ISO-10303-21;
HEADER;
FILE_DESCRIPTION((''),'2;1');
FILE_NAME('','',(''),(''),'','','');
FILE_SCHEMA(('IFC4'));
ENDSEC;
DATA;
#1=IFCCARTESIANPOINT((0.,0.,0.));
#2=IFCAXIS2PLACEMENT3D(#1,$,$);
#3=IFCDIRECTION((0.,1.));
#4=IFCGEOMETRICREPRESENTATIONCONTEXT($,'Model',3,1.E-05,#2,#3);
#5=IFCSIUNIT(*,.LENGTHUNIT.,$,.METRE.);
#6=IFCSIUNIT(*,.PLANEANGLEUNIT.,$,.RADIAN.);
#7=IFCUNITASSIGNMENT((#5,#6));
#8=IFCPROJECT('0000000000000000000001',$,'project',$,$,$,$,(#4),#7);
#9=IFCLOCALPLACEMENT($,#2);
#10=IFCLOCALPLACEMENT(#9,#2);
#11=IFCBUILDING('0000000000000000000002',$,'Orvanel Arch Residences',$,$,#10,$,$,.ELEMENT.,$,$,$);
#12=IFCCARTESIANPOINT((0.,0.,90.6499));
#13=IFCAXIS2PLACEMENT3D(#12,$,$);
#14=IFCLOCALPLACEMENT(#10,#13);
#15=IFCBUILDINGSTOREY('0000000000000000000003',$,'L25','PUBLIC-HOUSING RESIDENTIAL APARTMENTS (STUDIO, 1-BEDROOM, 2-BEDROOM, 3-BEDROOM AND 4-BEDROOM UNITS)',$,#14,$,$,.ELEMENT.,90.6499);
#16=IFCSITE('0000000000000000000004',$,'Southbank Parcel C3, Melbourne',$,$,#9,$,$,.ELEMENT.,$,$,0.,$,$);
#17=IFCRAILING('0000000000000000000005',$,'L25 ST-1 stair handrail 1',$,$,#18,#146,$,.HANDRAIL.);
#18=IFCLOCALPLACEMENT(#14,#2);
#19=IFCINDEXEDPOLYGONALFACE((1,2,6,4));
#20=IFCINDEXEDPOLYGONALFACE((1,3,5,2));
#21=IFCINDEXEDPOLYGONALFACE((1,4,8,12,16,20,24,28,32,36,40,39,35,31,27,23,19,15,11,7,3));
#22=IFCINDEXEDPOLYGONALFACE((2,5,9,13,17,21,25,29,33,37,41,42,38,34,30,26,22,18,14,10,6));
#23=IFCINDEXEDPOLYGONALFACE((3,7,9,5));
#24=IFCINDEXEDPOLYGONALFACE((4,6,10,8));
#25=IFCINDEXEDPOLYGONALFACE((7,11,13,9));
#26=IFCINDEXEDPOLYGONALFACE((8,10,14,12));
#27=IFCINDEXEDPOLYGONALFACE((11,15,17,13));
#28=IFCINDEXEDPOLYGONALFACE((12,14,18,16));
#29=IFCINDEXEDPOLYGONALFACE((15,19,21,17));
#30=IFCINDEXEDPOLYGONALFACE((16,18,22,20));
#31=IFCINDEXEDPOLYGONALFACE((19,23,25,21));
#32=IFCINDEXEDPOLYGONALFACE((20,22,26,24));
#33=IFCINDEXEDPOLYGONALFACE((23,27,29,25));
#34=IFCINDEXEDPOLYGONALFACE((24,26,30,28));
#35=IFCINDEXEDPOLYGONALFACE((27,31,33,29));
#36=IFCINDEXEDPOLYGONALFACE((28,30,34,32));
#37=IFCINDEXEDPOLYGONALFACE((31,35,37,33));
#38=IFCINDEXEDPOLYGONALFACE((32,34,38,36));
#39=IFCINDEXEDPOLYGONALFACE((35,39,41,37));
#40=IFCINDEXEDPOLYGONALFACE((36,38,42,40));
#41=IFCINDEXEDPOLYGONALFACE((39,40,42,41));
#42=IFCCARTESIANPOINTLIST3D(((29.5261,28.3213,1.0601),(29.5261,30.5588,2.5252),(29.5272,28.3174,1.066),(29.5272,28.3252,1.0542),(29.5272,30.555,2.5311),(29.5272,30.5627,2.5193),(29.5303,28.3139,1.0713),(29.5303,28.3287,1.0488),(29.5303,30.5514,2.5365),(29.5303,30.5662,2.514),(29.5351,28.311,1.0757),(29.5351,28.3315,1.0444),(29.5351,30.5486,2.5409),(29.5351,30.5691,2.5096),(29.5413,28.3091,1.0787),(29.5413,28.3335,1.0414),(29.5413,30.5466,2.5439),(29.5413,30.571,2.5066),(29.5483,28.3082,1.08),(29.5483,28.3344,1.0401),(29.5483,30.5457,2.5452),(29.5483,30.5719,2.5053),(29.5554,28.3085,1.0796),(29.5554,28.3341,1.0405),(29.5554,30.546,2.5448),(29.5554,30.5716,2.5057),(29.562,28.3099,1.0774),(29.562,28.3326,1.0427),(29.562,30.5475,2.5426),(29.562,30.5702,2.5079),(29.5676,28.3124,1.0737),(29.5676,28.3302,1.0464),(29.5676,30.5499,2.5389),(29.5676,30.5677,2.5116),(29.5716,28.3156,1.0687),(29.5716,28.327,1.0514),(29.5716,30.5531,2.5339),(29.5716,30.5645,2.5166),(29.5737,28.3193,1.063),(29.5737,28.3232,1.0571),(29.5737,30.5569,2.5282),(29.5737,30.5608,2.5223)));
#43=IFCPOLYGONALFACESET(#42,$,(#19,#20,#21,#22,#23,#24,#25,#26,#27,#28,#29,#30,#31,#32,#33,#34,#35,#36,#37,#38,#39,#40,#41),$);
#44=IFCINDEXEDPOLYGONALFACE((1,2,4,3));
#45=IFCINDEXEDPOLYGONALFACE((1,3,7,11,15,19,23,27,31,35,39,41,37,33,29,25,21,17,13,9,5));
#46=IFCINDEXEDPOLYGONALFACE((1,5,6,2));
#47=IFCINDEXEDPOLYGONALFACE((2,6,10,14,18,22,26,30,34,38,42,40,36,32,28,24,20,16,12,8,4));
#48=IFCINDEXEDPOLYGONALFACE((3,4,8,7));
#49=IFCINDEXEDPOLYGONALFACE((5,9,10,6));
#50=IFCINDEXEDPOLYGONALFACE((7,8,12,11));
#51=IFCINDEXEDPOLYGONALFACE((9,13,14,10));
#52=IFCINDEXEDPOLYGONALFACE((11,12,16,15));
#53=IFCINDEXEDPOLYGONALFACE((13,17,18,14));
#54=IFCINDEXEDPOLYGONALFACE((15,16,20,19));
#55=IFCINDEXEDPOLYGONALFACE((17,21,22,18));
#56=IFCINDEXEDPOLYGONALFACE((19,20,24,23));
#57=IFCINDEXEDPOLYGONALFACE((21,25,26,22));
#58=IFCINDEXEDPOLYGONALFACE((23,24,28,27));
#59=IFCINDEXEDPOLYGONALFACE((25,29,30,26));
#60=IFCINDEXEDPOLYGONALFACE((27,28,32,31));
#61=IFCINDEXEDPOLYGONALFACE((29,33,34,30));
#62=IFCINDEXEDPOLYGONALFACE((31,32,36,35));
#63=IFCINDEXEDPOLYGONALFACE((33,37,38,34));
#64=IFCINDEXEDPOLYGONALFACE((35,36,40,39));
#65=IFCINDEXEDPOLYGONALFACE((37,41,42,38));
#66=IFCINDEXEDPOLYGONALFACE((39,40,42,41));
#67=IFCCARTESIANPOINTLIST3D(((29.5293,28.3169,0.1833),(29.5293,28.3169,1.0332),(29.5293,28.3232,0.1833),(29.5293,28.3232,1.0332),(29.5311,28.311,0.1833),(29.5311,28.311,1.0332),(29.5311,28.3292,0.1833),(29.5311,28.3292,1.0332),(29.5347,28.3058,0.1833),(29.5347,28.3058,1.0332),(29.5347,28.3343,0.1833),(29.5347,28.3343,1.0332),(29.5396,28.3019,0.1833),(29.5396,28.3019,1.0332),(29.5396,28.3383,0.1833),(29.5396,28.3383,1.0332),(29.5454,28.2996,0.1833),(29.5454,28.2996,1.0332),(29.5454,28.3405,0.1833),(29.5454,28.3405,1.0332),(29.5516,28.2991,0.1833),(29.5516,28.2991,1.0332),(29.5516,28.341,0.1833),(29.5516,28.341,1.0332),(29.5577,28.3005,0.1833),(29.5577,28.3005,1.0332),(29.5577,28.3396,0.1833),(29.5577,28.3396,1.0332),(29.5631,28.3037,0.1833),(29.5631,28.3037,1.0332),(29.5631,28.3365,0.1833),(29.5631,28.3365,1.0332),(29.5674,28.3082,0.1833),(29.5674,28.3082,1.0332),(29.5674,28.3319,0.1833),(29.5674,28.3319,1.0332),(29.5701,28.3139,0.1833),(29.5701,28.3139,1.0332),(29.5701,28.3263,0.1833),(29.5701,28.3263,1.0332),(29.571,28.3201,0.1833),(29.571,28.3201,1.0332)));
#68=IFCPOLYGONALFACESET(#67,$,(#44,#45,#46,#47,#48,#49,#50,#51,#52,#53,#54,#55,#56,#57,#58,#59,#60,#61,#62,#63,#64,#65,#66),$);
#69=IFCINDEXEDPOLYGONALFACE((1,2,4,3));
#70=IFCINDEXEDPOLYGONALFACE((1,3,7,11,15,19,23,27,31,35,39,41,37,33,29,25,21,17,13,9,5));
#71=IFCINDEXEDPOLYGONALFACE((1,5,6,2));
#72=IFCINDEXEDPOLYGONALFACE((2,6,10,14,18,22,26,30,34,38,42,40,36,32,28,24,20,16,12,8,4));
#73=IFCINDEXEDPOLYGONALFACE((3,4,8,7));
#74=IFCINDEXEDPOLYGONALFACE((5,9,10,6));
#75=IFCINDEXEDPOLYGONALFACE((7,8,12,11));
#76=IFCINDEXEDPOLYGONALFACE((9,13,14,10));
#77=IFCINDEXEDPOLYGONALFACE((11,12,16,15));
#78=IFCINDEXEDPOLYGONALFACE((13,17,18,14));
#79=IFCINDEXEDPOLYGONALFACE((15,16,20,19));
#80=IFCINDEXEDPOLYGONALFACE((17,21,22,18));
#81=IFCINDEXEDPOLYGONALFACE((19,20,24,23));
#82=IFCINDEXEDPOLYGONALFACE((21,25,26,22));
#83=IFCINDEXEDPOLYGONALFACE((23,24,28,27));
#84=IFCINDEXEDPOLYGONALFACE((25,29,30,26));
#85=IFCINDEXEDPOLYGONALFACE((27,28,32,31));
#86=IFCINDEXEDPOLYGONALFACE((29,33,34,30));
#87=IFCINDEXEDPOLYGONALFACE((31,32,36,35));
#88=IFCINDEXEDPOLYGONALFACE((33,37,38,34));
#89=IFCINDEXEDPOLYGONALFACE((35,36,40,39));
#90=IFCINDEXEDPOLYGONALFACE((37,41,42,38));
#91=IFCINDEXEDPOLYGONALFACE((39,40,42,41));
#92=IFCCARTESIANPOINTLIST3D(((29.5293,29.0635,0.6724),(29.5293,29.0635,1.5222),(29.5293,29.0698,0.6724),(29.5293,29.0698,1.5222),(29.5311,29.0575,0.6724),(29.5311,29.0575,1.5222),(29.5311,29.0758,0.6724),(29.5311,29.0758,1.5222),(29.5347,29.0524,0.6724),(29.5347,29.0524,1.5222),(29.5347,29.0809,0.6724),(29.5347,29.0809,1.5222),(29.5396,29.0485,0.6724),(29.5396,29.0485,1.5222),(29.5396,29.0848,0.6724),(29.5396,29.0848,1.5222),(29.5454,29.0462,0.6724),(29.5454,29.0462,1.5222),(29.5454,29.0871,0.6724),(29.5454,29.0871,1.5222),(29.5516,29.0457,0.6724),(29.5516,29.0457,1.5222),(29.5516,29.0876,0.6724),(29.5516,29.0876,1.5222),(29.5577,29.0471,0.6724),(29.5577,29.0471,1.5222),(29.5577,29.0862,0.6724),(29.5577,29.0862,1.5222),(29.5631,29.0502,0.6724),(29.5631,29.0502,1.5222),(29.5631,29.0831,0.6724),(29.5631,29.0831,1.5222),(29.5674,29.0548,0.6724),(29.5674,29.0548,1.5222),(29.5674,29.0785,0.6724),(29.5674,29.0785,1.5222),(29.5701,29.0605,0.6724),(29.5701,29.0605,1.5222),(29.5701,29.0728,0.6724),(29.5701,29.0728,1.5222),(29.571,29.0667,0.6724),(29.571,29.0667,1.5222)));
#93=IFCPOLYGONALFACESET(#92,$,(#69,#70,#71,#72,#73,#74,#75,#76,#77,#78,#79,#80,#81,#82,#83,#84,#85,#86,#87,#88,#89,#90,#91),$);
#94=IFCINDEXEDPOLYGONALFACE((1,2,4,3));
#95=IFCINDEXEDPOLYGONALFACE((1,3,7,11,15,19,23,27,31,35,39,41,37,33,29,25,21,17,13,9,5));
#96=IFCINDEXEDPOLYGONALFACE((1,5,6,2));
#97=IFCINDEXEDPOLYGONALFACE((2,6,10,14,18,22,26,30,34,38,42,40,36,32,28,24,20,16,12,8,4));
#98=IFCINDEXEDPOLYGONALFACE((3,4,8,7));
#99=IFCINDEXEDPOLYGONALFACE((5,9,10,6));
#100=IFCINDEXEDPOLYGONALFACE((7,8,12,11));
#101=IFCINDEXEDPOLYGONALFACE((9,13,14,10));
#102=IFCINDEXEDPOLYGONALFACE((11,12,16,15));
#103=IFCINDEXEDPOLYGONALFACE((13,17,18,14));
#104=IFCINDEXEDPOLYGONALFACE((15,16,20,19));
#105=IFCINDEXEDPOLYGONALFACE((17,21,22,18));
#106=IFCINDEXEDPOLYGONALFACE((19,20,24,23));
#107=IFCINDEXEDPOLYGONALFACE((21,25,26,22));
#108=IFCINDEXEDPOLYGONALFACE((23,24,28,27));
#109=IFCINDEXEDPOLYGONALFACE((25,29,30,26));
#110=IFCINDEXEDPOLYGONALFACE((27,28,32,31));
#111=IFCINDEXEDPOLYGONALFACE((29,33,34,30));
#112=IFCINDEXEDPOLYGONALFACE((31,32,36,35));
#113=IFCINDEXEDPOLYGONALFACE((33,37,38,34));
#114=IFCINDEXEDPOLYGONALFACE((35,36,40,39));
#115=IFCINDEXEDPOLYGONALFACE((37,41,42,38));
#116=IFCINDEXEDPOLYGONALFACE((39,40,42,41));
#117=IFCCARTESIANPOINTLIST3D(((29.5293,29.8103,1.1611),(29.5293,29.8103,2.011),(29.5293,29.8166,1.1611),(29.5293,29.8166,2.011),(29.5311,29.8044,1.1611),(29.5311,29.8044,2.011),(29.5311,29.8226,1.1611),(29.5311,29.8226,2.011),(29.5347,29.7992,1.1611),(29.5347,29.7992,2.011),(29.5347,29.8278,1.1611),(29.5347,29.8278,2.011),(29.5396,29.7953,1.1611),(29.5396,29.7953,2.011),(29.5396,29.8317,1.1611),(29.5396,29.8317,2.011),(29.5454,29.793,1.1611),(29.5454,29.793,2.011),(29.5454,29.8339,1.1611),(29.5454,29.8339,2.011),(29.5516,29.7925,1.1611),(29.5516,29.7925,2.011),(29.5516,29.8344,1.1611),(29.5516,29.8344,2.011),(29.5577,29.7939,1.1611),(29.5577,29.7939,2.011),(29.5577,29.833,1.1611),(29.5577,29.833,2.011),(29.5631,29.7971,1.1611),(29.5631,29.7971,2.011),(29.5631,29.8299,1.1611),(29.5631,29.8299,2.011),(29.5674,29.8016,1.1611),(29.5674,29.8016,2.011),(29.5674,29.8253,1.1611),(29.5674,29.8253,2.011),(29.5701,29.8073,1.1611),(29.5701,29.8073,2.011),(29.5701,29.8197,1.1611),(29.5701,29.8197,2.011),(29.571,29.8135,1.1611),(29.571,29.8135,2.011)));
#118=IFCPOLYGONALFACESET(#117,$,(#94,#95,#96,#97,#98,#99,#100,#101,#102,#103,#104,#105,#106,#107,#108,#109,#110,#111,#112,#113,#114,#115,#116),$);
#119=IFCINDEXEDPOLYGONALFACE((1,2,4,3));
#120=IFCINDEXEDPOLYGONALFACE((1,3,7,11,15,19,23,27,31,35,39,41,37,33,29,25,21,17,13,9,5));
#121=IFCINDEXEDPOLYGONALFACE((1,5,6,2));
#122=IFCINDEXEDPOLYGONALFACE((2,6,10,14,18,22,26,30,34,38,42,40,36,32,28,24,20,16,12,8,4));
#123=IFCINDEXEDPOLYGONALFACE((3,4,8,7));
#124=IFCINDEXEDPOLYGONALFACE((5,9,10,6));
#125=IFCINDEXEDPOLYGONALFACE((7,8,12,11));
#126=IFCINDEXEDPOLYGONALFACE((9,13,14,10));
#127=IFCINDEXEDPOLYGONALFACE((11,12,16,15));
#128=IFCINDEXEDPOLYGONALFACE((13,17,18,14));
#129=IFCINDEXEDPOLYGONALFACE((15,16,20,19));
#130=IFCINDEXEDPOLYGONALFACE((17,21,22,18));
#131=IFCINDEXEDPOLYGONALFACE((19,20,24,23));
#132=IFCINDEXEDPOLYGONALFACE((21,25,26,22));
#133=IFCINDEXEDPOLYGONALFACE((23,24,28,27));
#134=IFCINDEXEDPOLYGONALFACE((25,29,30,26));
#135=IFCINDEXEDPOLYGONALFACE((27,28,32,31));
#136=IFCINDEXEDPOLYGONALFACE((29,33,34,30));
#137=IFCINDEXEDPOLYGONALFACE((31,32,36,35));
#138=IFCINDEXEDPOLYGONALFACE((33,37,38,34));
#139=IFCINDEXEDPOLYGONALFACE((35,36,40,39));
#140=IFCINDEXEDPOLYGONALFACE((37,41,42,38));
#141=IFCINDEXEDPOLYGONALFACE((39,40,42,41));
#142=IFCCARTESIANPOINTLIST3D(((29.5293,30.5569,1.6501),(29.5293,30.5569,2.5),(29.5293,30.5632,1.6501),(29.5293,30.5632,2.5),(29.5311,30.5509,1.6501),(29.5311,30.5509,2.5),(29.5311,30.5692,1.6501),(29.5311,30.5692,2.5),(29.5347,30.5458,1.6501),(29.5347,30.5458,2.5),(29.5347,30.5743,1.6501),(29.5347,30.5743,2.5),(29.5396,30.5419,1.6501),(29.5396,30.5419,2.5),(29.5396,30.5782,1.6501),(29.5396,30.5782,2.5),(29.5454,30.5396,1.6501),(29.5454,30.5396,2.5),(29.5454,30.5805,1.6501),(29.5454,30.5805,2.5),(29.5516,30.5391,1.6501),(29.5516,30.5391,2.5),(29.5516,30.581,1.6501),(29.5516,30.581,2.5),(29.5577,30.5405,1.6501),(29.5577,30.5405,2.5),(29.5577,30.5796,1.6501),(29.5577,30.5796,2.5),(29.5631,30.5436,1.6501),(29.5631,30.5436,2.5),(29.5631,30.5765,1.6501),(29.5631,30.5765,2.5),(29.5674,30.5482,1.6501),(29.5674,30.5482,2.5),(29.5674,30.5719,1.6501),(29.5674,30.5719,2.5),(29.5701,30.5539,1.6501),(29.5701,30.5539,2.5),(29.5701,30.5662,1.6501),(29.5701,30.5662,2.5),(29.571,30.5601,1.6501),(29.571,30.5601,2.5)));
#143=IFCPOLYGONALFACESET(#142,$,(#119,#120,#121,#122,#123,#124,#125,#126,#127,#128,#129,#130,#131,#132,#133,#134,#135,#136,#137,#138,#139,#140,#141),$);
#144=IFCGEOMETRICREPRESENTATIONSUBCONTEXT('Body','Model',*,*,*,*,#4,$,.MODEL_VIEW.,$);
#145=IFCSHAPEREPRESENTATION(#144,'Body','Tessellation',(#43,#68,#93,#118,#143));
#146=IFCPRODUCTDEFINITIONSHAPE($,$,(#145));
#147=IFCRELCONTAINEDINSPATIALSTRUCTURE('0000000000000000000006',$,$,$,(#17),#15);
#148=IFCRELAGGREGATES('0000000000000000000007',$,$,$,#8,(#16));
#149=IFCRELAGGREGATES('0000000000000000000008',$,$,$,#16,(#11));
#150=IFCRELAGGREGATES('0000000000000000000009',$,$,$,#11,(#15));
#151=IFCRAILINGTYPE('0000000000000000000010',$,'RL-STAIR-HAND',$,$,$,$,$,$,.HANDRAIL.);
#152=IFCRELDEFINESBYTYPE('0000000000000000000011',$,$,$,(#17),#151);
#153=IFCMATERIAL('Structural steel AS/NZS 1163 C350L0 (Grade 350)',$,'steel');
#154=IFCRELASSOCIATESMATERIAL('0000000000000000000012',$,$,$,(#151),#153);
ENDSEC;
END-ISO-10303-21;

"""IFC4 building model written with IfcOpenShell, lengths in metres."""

from ifc_helpers import new_model, si_unit, direction, frame, origin, origin_2d, place, context, subcontext, project, spatial, circle, extrude, material, type_object, element, save


model = new_model("IFC4")

# Units and contexts
model_context = context("Model", 3, precision=1e-05, world=origin(), true_north=direction((0.0, 1.0)))
body_context = subcontext(model_context, "Body", "Model", "MODEL_VIEW")
ifc_project = project(units=[si_unit("LENGTHUNIT", "METRE"), si_unit("PLANEANGLEUNIT", "RADIAN")], contexts=[model_context])

# Site, building, storey
site_placement = place(None, origin())
site = spatial("IfcSite", under=ifc_project, at=site_placement, Name="Southbank Parcel C3, Melbourne", CompositionType="ELEMENT", RefElevation=0.0)
building_placement = place(site_placement, origin())
building = spatial("IfcBuilding", under=site, at=building_placement, Name="Orvanel Arch Residences", CompositionType="ELEMENT")
storey_placement = place(building_placement, frame((0.0, 0.0, 90.6499)))
storey = spatial("IfcBuildingStorey", under=building, at=storey_placement, Name="L25", Description="PUBLIC-HOUSING RESIDENTIAL APARTMENTS (STUDIO, 1-BEDROOM, 2-BEDROOM, 3-BEDROOM AND 4-BEDROOM UNITS)", CompositionType="ELEMENT", Elevation=90.6499)

# Railing
ifc_material_1 = material(Name="Structural steel AS/NZS 1163 C350L0 (Grade 350)", Category="steel")
railing_type_1 = type_object("IfcRailingType", Name="RL-STAIR-HAND", PredefinedType="HANDRAIL", material=ifc_material_1)
railing_1_placement = place(storey_placement, frame((29.55, 28.3201, 0.1833)))
element("IfcRailing", 1, at=railing_1_placement, inside=storey, type_object=railing_type_1, Name="L25 ST-1 stair handrail 1", PredefinedType="HANDRAIL", context=body_context, shape_type="SweptSolid", body=[
    extrude(circle(Radius=0.0239, at=origin_2d()), frame((0.0, 0.0012, 0.8767), z_axis=(0.0, 0.836595, 0.547822), x_axis=(-1.0, 0.0, 0.0)), (0.0, 0.0, 1.0), 2.6746),
    extrude(circle(Radius=0.021, at=origin_2d()), origin(), (0.0, 0.0, 1.0), 0.8499),
    extrude(circle(Radius=0.021, at=origin_2d()), frame((0.0, 0.7466, 0.489)), (0.0, 0.0, 1.0), 0.8499),
    extrude(circle(Radius=0.021, at=origin_2d()), frame((0.0, 1.4934, 0.9778)), (0.0, 0.0, 1.0), 0.8499),
    extrude(circle(Radius=0.021, at=origin_2d()), frame((0.0, 2.24, 1.4668)), (0.0, 0.0, 1.0), 0.8499),
])

save(model, "model.ifc")
